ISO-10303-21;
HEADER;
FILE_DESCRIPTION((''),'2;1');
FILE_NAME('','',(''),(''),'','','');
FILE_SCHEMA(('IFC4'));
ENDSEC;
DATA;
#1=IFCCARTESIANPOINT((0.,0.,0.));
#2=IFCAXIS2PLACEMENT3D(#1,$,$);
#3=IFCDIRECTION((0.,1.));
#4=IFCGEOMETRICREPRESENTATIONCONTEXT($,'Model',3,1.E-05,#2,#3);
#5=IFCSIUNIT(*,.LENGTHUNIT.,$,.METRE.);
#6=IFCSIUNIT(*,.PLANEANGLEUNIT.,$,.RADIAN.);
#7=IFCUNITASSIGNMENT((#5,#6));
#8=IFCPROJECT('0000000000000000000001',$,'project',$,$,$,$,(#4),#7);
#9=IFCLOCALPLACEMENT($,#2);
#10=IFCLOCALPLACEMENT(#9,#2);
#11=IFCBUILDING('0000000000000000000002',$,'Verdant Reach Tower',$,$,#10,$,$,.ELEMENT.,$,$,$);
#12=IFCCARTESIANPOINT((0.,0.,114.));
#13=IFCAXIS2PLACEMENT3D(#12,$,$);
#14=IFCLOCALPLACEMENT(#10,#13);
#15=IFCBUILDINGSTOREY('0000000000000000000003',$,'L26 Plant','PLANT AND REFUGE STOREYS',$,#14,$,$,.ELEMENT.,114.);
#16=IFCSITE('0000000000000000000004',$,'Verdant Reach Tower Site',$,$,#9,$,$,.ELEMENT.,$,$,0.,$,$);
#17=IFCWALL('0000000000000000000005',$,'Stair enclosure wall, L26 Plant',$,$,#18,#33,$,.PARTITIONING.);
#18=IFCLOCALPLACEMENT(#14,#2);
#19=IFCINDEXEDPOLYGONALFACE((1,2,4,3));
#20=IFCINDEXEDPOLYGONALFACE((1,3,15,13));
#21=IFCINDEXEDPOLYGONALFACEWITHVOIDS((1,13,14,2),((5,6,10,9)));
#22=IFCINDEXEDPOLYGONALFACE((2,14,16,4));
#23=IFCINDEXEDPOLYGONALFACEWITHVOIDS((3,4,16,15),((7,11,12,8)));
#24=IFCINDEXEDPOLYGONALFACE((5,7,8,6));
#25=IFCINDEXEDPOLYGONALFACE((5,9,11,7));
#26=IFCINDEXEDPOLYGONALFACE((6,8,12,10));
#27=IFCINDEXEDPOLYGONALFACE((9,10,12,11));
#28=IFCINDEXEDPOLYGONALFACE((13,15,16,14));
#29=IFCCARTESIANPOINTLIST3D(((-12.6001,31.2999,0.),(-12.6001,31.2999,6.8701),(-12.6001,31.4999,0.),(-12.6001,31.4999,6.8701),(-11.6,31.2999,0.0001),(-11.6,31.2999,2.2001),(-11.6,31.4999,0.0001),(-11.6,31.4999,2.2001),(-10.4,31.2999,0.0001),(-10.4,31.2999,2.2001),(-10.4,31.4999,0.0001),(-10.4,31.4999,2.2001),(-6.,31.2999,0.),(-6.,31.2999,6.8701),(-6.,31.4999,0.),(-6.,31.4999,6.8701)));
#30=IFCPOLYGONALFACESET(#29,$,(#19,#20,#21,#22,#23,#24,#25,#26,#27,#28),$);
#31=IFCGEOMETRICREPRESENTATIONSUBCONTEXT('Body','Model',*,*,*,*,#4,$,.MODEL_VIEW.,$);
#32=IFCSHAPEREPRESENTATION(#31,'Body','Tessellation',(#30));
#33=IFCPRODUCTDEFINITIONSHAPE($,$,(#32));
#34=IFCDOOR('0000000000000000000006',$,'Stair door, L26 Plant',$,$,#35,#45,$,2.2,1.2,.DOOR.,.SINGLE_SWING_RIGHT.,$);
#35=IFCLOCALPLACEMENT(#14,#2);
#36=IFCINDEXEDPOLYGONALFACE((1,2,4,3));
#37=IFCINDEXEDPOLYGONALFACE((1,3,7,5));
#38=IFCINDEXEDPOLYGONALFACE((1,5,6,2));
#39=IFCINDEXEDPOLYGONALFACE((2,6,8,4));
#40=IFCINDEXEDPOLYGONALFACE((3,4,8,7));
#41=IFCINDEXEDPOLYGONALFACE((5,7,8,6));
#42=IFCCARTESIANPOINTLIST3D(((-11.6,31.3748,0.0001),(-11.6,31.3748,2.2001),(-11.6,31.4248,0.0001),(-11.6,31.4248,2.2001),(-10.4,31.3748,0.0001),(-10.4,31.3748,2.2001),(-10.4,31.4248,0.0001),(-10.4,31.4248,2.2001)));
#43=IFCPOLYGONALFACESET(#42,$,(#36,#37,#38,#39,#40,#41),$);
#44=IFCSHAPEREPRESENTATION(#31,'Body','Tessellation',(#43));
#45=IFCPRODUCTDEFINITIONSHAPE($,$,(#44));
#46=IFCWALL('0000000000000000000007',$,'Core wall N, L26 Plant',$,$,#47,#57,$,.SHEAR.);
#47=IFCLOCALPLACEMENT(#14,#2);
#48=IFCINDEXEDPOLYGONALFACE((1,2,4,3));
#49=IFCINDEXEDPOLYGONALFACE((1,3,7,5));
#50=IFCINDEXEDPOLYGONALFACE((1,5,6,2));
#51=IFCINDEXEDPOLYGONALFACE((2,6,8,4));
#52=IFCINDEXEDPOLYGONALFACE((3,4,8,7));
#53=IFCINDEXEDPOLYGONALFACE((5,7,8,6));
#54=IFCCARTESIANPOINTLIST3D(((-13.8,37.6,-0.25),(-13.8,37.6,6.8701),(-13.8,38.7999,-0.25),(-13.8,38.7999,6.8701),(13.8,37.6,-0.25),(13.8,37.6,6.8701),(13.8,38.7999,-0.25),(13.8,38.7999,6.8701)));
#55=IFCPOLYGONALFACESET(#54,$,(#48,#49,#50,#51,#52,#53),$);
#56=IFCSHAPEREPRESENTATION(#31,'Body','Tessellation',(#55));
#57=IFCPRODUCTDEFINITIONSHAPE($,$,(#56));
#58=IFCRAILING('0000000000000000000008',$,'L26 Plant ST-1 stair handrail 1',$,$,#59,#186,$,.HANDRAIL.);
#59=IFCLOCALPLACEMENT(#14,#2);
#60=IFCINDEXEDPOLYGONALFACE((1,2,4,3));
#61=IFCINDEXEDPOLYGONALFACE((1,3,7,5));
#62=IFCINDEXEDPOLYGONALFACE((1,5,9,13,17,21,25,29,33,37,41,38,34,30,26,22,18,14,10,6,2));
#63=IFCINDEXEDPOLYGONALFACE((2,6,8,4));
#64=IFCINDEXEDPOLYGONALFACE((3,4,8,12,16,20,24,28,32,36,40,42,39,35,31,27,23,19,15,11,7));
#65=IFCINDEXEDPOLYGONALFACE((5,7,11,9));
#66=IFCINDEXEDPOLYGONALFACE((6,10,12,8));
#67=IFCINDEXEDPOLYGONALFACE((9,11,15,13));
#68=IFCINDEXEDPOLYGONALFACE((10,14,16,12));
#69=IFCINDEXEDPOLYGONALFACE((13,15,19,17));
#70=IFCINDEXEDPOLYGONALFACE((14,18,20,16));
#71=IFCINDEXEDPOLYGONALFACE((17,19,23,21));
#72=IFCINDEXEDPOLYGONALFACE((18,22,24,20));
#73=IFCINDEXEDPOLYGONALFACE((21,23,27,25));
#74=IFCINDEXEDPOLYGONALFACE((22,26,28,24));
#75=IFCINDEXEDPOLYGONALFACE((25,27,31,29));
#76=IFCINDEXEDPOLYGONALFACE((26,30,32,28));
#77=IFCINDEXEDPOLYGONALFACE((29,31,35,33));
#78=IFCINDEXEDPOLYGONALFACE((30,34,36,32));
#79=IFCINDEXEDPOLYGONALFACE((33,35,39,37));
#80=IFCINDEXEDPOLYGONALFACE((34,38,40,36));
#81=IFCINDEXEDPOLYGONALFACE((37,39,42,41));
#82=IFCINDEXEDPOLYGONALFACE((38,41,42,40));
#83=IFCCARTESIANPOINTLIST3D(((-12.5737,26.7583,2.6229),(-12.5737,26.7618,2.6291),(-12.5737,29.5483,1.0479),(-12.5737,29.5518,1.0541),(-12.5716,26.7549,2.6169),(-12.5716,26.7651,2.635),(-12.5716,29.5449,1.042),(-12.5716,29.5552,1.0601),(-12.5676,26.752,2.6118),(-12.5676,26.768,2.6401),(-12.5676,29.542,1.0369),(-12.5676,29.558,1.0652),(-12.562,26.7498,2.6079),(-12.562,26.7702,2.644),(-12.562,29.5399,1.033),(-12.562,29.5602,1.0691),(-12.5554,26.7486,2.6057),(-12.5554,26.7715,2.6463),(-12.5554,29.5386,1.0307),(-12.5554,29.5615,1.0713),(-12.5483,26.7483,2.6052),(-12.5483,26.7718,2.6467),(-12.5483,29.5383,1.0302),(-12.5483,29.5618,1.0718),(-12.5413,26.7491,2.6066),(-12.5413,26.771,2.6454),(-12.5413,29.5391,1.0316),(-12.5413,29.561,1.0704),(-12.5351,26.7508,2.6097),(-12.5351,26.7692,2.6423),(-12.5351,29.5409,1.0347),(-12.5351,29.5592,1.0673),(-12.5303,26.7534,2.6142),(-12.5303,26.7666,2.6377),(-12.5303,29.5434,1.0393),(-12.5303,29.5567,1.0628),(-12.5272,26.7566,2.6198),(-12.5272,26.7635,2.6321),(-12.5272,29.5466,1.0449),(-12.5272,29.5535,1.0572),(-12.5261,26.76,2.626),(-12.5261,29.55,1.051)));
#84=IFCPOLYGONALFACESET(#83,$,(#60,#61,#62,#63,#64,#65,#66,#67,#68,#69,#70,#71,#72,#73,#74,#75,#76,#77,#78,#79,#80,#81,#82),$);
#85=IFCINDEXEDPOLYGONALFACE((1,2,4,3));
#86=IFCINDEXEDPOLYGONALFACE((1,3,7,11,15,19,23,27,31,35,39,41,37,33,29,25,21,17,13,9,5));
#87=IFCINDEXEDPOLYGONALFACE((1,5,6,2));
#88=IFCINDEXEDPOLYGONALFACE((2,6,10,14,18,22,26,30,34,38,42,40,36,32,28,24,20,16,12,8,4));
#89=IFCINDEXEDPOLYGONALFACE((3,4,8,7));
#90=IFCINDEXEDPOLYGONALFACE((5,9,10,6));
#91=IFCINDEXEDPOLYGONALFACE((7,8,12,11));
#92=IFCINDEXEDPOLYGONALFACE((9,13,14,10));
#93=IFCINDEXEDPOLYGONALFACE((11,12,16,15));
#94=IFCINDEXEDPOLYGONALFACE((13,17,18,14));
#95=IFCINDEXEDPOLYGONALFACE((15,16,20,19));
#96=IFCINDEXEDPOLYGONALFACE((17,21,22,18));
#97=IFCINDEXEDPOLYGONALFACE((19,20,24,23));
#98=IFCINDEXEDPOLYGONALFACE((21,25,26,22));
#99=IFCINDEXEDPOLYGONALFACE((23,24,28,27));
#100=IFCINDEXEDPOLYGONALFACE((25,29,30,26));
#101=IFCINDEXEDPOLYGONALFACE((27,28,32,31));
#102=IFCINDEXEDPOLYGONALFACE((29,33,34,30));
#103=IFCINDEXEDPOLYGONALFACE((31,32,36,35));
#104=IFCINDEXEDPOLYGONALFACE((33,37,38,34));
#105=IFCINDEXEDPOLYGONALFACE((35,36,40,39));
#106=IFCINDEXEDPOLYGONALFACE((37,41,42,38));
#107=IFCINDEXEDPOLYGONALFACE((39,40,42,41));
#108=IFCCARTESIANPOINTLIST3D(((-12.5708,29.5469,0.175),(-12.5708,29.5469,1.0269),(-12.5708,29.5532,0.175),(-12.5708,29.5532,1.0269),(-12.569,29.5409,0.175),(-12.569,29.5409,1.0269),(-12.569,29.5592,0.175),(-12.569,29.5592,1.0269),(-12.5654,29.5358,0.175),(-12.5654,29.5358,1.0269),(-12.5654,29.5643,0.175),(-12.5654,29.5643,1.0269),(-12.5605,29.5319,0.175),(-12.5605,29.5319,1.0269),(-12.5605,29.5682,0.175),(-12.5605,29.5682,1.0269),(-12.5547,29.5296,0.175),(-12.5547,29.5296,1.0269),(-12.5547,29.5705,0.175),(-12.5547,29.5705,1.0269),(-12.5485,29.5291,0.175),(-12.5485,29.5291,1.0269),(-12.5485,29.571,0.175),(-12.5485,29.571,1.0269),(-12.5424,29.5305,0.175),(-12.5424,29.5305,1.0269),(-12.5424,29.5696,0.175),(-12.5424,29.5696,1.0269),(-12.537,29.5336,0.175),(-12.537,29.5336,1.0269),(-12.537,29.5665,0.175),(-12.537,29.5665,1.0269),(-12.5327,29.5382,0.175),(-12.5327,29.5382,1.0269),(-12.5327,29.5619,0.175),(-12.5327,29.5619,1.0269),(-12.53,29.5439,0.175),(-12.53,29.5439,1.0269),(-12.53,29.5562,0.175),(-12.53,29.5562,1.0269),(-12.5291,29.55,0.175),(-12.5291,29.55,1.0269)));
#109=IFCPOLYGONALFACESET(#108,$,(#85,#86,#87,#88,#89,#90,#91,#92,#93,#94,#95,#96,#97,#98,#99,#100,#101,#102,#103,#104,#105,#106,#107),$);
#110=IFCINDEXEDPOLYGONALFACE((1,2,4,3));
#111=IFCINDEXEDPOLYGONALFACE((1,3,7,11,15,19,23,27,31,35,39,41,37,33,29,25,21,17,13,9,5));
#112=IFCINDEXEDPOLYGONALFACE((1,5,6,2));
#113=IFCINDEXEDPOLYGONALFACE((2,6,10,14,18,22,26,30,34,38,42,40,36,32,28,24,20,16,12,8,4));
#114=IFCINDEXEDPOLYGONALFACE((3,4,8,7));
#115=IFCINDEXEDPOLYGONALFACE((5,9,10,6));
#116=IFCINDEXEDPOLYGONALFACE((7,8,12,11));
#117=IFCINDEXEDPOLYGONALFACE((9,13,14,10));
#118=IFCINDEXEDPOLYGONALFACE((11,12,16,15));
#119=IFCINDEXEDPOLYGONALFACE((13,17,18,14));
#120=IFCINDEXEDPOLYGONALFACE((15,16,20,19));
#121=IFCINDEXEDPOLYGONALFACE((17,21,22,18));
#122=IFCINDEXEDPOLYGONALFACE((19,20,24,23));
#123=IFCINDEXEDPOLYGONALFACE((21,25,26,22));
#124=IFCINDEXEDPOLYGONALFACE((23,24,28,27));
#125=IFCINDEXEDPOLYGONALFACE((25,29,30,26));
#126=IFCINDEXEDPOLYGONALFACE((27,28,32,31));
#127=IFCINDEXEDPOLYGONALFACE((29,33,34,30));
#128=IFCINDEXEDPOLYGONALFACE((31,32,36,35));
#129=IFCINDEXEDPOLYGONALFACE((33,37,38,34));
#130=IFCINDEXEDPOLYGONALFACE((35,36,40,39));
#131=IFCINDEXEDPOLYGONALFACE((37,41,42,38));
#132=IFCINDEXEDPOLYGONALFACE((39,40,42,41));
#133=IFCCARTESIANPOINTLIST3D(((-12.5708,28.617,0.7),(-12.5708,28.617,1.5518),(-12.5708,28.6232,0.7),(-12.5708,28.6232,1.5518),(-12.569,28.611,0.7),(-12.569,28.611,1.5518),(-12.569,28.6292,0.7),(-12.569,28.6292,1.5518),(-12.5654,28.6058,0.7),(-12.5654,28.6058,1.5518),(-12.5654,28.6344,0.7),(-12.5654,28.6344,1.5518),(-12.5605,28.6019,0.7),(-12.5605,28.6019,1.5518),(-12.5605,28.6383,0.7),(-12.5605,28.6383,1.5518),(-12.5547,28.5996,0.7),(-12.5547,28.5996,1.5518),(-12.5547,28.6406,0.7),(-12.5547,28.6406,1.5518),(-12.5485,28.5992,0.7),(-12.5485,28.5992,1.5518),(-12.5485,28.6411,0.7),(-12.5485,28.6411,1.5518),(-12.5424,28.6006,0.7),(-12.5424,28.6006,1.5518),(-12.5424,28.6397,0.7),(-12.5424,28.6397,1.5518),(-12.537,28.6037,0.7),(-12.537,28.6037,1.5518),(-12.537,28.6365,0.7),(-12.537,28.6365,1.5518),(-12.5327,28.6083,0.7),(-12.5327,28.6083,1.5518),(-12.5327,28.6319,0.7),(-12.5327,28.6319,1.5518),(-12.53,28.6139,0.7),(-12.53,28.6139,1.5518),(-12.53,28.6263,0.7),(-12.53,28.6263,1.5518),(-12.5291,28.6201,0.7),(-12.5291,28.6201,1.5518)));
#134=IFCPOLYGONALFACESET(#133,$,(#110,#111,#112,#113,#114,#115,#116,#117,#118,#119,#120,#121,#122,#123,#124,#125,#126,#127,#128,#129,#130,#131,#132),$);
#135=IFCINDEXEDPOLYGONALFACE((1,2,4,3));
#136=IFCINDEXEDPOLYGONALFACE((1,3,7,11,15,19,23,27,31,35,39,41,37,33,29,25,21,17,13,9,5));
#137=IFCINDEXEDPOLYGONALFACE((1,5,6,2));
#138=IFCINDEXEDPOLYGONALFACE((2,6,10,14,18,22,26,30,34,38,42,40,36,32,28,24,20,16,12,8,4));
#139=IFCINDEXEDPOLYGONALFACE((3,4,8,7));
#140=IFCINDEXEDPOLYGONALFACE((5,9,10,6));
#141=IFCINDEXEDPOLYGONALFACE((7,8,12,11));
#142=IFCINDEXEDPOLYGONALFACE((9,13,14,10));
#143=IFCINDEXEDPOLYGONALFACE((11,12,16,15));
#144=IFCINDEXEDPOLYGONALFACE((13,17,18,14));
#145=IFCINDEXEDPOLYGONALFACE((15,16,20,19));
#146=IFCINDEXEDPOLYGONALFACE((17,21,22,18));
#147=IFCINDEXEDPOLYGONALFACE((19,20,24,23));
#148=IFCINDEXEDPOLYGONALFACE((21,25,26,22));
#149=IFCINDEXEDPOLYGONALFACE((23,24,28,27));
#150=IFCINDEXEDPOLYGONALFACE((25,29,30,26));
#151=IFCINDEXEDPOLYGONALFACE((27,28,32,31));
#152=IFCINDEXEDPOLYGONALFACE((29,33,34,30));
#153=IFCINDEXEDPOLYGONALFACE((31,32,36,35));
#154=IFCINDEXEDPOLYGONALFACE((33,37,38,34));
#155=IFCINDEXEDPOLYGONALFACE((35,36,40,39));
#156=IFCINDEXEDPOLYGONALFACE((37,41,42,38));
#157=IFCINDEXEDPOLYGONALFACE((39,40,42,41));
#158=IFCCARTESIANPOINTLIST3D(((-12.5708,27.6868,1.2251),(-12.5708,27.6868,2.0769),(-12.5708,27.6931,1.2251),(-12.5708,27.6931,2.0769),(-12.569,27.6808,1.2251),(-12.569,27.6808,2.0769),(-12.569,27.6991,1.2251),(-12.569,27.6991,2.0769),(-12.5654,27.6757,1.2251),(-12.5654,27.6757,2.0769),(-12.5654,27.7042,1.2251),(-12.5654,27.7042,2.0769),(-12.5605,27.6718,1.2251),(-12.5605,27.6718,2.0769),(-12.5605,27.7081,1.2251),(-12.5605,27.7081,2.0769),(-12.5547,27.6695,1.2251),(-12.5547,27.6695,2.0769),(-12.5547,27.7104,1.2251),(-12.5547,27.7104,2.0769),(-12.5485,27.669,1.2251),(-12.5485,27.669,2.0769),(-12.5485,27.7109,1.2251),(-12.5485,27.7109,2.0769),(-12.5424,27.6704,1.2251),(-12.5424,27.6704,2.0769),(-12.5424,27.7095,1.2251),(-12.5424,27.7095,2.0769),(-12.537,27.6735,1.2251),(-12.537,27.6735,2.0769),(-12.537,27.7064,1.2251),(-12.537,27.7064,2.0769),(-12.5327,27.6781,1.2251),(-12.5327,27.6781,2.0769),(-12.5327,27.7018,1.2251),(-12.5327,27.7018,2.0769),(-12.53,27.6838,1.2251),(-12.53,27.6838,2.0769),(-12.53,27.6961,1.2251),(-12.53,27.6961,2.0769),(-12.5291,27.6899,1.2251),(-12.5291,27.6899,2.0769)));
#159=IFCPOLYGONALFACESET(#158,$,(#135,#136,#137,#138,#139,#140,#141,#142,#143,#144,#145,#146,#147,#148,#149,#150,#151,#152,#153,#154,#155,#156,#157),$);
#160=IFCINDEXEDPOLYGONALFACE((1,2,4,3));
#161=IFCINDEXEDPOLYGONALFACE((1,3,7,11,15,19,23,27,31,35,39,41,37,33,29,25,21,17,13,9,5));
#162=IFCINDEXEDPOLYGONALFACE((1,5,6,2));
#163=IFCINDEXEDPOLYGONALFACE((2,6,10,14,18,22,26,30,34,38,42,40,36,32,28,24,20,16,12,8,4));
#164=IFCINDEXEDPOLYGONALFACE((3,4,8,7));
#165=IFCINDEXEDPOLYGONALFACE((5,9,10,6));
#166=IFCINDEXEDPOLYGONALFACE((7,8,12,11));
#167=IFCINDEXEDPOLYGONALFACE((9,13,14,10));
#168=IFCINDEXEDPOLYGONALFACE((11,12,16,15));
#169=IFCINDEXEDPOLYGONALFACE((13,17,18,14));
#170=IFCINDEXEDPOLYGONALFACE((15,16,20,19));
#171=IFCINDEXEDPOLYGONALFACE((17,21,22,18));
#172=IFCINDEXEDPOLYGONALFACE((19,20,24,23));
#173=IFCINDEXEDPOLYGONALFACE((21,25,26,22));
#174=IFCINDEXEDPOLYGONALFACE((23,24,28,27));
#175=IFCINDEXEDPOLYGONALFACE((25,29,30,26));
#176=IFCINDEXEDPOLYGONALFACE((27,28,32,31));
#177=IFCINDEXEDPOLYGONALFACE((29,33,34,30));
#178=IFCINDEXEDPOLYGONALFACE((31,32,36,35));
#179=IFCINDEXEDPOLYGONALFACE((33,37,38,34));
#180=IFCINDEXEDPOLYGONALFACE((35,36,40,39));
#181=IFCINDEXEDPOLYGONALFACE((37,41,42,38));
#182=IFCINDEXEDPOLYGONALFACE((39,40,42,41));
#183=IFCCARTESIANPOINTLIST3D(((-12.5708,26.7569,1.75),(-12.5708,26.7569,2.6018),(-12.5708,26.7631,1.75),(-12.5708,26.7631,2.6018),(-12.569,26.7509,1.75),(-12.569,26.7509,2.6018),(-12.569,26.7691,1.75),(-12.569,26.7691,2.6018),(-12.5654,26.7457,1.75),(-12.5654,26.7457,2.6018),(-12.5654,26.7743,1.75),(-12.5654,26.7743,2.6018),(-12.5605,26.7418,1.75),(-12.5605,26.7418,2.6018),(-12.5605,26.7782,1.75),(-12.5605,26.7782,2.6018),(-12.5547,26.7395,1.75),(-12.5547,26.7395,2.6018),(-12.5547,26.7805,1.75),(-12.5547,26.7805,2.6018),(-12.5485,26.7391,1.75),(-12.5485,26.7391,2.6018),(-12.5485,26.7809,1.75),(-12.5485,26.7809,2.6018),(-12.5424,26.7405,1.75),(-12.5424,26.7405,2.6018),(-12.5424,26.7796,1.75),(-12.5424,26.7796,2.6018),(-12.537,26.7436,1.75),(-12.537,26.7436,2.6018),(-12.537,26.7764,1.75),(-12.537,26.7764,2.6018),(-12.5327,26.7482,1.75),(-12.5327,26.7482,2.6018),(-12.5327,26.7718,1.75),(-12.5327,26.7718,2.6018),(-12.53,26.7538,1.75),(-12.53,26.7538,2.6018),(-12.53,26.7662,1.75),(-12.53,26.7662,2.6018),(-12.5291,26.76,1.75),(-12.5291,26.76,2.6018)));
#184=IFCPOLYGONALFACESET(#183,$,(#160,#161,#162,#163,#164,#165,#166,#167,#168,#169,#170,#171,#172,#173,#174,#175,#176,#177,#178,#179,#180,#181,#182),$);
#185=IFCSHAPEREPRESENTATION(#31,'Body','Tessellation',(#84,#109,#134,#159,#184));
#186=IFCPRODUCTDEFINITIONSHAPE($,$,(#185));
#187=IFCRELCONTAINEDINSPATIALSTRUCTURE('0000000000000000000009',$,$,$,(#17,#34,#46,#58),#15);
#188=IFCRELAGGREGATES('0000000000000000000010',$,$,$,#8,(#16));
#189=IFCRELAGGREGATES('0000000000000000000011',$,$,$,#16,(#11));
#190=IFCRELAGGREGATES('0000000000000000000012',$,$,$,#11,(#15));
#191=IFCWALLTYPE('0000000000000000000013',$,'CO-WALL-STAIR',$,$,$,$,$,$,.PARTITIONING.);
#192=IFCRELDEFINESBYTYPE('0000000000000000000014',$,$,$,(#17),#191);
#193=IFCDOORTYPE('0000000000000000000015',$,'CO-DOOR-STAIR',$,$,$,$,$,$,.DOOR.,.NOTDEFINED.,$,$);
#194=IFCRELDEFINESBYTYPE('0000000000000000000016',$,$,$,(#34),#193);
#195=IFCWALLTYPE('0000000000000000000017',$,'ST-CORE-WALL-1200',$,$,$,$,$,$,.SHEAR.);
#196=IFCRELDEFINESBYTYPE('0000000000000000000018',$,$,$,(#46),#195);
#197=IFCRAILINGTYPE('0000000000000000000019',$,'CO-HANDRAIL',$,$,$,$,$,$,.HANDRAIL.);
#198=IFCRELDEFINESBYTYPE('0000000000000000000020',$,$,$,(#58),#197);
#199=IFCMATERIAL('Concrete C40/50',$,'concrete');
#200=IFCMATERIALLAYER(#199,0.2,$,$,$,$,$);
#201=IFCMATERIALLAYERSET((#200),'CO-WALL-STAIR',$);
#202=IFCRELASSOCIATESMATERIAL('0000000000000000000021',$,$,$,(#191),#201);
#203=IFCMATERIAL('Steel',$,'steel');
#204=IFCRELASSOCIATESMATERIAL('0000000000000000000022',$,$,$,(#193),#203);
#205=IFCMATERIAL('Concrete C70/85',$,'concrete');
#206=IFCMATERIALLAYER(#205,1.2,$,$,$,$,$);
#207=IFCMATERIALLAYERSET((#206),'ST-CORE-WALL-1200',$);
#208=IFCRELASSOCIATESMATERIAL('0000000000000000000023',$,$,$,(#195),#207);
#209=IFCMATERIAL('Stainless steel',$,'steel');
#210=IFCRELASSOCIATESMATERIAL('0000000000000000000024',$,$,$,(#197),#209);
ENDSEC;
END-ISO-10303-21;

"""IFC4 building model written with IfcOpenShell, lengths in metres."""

from ifc_helpers import new_model, si_unit, direction, frame, frame_2d, origin, origin_2d, place, context, subcontext, project, spatial, rectangle, circle, extrude, material, layer, layer_set, type_object, element, fill, save


model = new_model("IFC4")

# Units and contexts
model_context = context("Model", 3, precision=1e-05, world=origin(), true_north=direction((0.0, 1.0)))
body_context = subcontext(model_context, "Body", "Model", "MODEL_VIEW")
ifc_project = project(units=[si_unit("LENGTHUNIT", "METRE"), si_unit("PLANEANGLEUNIT", "RADIAN")], contexts=[model_context])

# Site, building, storey
site_placement = place(None, origin())
site = spatial("IfcSite", under=ifc_project, at=site_placement, Name="Verdant Reach Tower Site", CompositionType="ELEMENT", RefElevation=0.0)
building_placement = place(site_placement, origin())
building = spatial("IfcBuilding", under=site, at=building_placement, Name="Verdant Reach Tower", CompositionType="ELEMENT")
storey_placement = place(building_placement, frame((0.0, 0.0, 114.0)))
storey = spatial("IfcBuildingStorey", under=building, at=storey_placement, Name="L26 Plant", Description="PLANT AND REFUGE STOREYS", CompositionType="ELEMENT", Elevation=114.0)

# Shared definitions
ifc_material_1 = material(Name="Concrete C40/50", Category="concrete")
ifc_material_2 = material(Name="Stainless steel", Category="steel")
ifc_material_3 = material(Name="Steel", Category="steel")

# Wall, opening, door
ifc_layer_1 = layer(ifc_material_1, 0.2)
ifc_layer_set_1 = layer_set([ifc_layer_1], Name="CO-WALL-STAIR")
wall_type_1 = type_object("IfcWallType", Name="CO-WALL-STAIR", PredefinedType="PARTITIONING", material=ifc_layer_set_1)
wall_1_placement = place(storey_placement, frame((-12.6001, 31.3999, 0.0), z_axis=(0.0, 0.0, 1.0), x_axis=(1.0, 0.0, 0.0)))
wall_1 = element("IfcWall", 1, at=wall_1_placement, inside=storey, type_object=wall_type_1, Name="Stair enclosure wall, L26 Plant", PredefinedType="PARTITIONING", context=body_context, shape_type="SweptSolid", body=[
    extrude(rectangle(XDim=6.6001, YDim=0.2, at=frame_2d((3.3, 0.0))), origin(), (0.0, 0.0, 1.0), 6.8701),
])
opening_1_placement = place(wall_1_placement, frame((1.0, 0.0, 0.0)))
opening_1 = element("IfcOpeningElement", 2, at=opening_1_placement, cuts=wall_1, PredefinedType="OPENING", context=body_context, shape_type="SweptSolid", body=[
    extrude(rectangle(XDim=1.2, YDim=2.2, at=frame_2d((0.6001, 1.1001))), frame((0.0, 0.1099, 0.0), z_axis=(0.0, -1.0, 0.0), x_axis=(1.0, 0.0, 0.0)), (0.0, 0.0, 1.0), 0.22),
])
door_type_1 = type_object("IfcDoorType", Name="CO-DOOR-STAIR", OperationType="NOTDEFINED", PredefinedType="DOOR", material=ifc_material_3)
door_1_placement = place(opening_1_placement, origin())
door_1 = element("IfcDoor", 3, at=door_1_placement, inside=storey, type_object=door_type_1, Name="Stair door, L26 Plant", OperationType="SINGLE_SWING_RIGHT", OverallHeight=2.2, OverallWidth=1.2, PredefinedType="DOOR", context=body_context, shape_type="SweptSolid", body=[
    extrude(rectangle(XDim=1.2, YDim=2.2, at=frame_2d((0.6001, 1.1001))), frame((0.0, 0.0249, 0.0), z_axis=(0.0, -1.0, 0.0), x_axis=(1.0, 0.0, 0.0)), (0.0, 0.0, 1.0), 0.05),
])
fill(opening_1, door_1)

# Wall
ifc_material_4 = material(Name="Concrete C70/85", Category="concrete")
ifc_layer_2 = layer(ifc_material_4, 1.2)
ifc_layer_set_2 = layer_set([ifc_layer_2], Name="ST-CORE-WALL-1200")
wall_type_2 = type_object("IfcWallType", Name="ST-CORE-WALL-1200", PredefinedType="SHEAR", material=ifc_layer_set_2)
wall_2_placement = place(storey_placement, frame((-13.8, 38.2, -0.25), z_axis=(0.0, 0.0, 1.0), x_axis=(1.0, 0.0, 0.0)))
element("IfcWall", 4, at=wall_2_placement, inside=storey, type_object=wall_type_2, Name="Core wall N, L26 Plant", PredefinedType="SHEAR", context=body_context, shape_type="SweptSolid", body=[
    extrude(rectangle(XDim=27.6001, YDim=1.2, at=frame_2d((13.8, 0.0))), origin(), (0.0, 0.0, 1.0), 7.1201),
])

# Railing
railing_type = type_object("IfcRailingType", Name="CO-HANDRAIL", PredefinedType="HANDRAIL", material=ifc_material_2)
for number, where, name in (
    (5, (-12.55, 29.55, 0.175), "L26 Plant ST-1 stair handrail 1"),
):
    element("IfcRailing", number, at=place(storey_placement, frame(where)), inside=storey, type_object=railing_type, Name=name, PredefinedType="HANDRAIL", context=body_context, shape_type="SweptSolid", body=[
        extrude(circle(Radius=0.0239, at=origin_2d()), frame((0.0, 0.0, 0.876), z_axis=(0.0, -0.870834, 0.491578), x_axis=(1.0, 0.0, 0.0)), (0.0, 0.0, 1.0), 3.2039),
        extrude(circle(Radius=0.021, at=origin_2d()), origin(), (0.0, 0.0, 1.0), 0.8518),
        extrude(circle(Radius=0.021, at=origin_2d()), frame((0.0, -0.9299, 0.5249)), (0.0, 0.0, 1.0), 0.8518),
        extrude(circle(Radius=0.021, at=origin_2d()), frame((0.0, -1.8601, 1.05)), (0.0, 0.0, 1.0), 0.8518),
        extrude(circle(Radius=0.021, at=origin_2d()), frame((0.0, -2.79, 1.575)), (0.0, 0.0, 1.0), 0.8518),
    ])

save(model, "model.ifc")
